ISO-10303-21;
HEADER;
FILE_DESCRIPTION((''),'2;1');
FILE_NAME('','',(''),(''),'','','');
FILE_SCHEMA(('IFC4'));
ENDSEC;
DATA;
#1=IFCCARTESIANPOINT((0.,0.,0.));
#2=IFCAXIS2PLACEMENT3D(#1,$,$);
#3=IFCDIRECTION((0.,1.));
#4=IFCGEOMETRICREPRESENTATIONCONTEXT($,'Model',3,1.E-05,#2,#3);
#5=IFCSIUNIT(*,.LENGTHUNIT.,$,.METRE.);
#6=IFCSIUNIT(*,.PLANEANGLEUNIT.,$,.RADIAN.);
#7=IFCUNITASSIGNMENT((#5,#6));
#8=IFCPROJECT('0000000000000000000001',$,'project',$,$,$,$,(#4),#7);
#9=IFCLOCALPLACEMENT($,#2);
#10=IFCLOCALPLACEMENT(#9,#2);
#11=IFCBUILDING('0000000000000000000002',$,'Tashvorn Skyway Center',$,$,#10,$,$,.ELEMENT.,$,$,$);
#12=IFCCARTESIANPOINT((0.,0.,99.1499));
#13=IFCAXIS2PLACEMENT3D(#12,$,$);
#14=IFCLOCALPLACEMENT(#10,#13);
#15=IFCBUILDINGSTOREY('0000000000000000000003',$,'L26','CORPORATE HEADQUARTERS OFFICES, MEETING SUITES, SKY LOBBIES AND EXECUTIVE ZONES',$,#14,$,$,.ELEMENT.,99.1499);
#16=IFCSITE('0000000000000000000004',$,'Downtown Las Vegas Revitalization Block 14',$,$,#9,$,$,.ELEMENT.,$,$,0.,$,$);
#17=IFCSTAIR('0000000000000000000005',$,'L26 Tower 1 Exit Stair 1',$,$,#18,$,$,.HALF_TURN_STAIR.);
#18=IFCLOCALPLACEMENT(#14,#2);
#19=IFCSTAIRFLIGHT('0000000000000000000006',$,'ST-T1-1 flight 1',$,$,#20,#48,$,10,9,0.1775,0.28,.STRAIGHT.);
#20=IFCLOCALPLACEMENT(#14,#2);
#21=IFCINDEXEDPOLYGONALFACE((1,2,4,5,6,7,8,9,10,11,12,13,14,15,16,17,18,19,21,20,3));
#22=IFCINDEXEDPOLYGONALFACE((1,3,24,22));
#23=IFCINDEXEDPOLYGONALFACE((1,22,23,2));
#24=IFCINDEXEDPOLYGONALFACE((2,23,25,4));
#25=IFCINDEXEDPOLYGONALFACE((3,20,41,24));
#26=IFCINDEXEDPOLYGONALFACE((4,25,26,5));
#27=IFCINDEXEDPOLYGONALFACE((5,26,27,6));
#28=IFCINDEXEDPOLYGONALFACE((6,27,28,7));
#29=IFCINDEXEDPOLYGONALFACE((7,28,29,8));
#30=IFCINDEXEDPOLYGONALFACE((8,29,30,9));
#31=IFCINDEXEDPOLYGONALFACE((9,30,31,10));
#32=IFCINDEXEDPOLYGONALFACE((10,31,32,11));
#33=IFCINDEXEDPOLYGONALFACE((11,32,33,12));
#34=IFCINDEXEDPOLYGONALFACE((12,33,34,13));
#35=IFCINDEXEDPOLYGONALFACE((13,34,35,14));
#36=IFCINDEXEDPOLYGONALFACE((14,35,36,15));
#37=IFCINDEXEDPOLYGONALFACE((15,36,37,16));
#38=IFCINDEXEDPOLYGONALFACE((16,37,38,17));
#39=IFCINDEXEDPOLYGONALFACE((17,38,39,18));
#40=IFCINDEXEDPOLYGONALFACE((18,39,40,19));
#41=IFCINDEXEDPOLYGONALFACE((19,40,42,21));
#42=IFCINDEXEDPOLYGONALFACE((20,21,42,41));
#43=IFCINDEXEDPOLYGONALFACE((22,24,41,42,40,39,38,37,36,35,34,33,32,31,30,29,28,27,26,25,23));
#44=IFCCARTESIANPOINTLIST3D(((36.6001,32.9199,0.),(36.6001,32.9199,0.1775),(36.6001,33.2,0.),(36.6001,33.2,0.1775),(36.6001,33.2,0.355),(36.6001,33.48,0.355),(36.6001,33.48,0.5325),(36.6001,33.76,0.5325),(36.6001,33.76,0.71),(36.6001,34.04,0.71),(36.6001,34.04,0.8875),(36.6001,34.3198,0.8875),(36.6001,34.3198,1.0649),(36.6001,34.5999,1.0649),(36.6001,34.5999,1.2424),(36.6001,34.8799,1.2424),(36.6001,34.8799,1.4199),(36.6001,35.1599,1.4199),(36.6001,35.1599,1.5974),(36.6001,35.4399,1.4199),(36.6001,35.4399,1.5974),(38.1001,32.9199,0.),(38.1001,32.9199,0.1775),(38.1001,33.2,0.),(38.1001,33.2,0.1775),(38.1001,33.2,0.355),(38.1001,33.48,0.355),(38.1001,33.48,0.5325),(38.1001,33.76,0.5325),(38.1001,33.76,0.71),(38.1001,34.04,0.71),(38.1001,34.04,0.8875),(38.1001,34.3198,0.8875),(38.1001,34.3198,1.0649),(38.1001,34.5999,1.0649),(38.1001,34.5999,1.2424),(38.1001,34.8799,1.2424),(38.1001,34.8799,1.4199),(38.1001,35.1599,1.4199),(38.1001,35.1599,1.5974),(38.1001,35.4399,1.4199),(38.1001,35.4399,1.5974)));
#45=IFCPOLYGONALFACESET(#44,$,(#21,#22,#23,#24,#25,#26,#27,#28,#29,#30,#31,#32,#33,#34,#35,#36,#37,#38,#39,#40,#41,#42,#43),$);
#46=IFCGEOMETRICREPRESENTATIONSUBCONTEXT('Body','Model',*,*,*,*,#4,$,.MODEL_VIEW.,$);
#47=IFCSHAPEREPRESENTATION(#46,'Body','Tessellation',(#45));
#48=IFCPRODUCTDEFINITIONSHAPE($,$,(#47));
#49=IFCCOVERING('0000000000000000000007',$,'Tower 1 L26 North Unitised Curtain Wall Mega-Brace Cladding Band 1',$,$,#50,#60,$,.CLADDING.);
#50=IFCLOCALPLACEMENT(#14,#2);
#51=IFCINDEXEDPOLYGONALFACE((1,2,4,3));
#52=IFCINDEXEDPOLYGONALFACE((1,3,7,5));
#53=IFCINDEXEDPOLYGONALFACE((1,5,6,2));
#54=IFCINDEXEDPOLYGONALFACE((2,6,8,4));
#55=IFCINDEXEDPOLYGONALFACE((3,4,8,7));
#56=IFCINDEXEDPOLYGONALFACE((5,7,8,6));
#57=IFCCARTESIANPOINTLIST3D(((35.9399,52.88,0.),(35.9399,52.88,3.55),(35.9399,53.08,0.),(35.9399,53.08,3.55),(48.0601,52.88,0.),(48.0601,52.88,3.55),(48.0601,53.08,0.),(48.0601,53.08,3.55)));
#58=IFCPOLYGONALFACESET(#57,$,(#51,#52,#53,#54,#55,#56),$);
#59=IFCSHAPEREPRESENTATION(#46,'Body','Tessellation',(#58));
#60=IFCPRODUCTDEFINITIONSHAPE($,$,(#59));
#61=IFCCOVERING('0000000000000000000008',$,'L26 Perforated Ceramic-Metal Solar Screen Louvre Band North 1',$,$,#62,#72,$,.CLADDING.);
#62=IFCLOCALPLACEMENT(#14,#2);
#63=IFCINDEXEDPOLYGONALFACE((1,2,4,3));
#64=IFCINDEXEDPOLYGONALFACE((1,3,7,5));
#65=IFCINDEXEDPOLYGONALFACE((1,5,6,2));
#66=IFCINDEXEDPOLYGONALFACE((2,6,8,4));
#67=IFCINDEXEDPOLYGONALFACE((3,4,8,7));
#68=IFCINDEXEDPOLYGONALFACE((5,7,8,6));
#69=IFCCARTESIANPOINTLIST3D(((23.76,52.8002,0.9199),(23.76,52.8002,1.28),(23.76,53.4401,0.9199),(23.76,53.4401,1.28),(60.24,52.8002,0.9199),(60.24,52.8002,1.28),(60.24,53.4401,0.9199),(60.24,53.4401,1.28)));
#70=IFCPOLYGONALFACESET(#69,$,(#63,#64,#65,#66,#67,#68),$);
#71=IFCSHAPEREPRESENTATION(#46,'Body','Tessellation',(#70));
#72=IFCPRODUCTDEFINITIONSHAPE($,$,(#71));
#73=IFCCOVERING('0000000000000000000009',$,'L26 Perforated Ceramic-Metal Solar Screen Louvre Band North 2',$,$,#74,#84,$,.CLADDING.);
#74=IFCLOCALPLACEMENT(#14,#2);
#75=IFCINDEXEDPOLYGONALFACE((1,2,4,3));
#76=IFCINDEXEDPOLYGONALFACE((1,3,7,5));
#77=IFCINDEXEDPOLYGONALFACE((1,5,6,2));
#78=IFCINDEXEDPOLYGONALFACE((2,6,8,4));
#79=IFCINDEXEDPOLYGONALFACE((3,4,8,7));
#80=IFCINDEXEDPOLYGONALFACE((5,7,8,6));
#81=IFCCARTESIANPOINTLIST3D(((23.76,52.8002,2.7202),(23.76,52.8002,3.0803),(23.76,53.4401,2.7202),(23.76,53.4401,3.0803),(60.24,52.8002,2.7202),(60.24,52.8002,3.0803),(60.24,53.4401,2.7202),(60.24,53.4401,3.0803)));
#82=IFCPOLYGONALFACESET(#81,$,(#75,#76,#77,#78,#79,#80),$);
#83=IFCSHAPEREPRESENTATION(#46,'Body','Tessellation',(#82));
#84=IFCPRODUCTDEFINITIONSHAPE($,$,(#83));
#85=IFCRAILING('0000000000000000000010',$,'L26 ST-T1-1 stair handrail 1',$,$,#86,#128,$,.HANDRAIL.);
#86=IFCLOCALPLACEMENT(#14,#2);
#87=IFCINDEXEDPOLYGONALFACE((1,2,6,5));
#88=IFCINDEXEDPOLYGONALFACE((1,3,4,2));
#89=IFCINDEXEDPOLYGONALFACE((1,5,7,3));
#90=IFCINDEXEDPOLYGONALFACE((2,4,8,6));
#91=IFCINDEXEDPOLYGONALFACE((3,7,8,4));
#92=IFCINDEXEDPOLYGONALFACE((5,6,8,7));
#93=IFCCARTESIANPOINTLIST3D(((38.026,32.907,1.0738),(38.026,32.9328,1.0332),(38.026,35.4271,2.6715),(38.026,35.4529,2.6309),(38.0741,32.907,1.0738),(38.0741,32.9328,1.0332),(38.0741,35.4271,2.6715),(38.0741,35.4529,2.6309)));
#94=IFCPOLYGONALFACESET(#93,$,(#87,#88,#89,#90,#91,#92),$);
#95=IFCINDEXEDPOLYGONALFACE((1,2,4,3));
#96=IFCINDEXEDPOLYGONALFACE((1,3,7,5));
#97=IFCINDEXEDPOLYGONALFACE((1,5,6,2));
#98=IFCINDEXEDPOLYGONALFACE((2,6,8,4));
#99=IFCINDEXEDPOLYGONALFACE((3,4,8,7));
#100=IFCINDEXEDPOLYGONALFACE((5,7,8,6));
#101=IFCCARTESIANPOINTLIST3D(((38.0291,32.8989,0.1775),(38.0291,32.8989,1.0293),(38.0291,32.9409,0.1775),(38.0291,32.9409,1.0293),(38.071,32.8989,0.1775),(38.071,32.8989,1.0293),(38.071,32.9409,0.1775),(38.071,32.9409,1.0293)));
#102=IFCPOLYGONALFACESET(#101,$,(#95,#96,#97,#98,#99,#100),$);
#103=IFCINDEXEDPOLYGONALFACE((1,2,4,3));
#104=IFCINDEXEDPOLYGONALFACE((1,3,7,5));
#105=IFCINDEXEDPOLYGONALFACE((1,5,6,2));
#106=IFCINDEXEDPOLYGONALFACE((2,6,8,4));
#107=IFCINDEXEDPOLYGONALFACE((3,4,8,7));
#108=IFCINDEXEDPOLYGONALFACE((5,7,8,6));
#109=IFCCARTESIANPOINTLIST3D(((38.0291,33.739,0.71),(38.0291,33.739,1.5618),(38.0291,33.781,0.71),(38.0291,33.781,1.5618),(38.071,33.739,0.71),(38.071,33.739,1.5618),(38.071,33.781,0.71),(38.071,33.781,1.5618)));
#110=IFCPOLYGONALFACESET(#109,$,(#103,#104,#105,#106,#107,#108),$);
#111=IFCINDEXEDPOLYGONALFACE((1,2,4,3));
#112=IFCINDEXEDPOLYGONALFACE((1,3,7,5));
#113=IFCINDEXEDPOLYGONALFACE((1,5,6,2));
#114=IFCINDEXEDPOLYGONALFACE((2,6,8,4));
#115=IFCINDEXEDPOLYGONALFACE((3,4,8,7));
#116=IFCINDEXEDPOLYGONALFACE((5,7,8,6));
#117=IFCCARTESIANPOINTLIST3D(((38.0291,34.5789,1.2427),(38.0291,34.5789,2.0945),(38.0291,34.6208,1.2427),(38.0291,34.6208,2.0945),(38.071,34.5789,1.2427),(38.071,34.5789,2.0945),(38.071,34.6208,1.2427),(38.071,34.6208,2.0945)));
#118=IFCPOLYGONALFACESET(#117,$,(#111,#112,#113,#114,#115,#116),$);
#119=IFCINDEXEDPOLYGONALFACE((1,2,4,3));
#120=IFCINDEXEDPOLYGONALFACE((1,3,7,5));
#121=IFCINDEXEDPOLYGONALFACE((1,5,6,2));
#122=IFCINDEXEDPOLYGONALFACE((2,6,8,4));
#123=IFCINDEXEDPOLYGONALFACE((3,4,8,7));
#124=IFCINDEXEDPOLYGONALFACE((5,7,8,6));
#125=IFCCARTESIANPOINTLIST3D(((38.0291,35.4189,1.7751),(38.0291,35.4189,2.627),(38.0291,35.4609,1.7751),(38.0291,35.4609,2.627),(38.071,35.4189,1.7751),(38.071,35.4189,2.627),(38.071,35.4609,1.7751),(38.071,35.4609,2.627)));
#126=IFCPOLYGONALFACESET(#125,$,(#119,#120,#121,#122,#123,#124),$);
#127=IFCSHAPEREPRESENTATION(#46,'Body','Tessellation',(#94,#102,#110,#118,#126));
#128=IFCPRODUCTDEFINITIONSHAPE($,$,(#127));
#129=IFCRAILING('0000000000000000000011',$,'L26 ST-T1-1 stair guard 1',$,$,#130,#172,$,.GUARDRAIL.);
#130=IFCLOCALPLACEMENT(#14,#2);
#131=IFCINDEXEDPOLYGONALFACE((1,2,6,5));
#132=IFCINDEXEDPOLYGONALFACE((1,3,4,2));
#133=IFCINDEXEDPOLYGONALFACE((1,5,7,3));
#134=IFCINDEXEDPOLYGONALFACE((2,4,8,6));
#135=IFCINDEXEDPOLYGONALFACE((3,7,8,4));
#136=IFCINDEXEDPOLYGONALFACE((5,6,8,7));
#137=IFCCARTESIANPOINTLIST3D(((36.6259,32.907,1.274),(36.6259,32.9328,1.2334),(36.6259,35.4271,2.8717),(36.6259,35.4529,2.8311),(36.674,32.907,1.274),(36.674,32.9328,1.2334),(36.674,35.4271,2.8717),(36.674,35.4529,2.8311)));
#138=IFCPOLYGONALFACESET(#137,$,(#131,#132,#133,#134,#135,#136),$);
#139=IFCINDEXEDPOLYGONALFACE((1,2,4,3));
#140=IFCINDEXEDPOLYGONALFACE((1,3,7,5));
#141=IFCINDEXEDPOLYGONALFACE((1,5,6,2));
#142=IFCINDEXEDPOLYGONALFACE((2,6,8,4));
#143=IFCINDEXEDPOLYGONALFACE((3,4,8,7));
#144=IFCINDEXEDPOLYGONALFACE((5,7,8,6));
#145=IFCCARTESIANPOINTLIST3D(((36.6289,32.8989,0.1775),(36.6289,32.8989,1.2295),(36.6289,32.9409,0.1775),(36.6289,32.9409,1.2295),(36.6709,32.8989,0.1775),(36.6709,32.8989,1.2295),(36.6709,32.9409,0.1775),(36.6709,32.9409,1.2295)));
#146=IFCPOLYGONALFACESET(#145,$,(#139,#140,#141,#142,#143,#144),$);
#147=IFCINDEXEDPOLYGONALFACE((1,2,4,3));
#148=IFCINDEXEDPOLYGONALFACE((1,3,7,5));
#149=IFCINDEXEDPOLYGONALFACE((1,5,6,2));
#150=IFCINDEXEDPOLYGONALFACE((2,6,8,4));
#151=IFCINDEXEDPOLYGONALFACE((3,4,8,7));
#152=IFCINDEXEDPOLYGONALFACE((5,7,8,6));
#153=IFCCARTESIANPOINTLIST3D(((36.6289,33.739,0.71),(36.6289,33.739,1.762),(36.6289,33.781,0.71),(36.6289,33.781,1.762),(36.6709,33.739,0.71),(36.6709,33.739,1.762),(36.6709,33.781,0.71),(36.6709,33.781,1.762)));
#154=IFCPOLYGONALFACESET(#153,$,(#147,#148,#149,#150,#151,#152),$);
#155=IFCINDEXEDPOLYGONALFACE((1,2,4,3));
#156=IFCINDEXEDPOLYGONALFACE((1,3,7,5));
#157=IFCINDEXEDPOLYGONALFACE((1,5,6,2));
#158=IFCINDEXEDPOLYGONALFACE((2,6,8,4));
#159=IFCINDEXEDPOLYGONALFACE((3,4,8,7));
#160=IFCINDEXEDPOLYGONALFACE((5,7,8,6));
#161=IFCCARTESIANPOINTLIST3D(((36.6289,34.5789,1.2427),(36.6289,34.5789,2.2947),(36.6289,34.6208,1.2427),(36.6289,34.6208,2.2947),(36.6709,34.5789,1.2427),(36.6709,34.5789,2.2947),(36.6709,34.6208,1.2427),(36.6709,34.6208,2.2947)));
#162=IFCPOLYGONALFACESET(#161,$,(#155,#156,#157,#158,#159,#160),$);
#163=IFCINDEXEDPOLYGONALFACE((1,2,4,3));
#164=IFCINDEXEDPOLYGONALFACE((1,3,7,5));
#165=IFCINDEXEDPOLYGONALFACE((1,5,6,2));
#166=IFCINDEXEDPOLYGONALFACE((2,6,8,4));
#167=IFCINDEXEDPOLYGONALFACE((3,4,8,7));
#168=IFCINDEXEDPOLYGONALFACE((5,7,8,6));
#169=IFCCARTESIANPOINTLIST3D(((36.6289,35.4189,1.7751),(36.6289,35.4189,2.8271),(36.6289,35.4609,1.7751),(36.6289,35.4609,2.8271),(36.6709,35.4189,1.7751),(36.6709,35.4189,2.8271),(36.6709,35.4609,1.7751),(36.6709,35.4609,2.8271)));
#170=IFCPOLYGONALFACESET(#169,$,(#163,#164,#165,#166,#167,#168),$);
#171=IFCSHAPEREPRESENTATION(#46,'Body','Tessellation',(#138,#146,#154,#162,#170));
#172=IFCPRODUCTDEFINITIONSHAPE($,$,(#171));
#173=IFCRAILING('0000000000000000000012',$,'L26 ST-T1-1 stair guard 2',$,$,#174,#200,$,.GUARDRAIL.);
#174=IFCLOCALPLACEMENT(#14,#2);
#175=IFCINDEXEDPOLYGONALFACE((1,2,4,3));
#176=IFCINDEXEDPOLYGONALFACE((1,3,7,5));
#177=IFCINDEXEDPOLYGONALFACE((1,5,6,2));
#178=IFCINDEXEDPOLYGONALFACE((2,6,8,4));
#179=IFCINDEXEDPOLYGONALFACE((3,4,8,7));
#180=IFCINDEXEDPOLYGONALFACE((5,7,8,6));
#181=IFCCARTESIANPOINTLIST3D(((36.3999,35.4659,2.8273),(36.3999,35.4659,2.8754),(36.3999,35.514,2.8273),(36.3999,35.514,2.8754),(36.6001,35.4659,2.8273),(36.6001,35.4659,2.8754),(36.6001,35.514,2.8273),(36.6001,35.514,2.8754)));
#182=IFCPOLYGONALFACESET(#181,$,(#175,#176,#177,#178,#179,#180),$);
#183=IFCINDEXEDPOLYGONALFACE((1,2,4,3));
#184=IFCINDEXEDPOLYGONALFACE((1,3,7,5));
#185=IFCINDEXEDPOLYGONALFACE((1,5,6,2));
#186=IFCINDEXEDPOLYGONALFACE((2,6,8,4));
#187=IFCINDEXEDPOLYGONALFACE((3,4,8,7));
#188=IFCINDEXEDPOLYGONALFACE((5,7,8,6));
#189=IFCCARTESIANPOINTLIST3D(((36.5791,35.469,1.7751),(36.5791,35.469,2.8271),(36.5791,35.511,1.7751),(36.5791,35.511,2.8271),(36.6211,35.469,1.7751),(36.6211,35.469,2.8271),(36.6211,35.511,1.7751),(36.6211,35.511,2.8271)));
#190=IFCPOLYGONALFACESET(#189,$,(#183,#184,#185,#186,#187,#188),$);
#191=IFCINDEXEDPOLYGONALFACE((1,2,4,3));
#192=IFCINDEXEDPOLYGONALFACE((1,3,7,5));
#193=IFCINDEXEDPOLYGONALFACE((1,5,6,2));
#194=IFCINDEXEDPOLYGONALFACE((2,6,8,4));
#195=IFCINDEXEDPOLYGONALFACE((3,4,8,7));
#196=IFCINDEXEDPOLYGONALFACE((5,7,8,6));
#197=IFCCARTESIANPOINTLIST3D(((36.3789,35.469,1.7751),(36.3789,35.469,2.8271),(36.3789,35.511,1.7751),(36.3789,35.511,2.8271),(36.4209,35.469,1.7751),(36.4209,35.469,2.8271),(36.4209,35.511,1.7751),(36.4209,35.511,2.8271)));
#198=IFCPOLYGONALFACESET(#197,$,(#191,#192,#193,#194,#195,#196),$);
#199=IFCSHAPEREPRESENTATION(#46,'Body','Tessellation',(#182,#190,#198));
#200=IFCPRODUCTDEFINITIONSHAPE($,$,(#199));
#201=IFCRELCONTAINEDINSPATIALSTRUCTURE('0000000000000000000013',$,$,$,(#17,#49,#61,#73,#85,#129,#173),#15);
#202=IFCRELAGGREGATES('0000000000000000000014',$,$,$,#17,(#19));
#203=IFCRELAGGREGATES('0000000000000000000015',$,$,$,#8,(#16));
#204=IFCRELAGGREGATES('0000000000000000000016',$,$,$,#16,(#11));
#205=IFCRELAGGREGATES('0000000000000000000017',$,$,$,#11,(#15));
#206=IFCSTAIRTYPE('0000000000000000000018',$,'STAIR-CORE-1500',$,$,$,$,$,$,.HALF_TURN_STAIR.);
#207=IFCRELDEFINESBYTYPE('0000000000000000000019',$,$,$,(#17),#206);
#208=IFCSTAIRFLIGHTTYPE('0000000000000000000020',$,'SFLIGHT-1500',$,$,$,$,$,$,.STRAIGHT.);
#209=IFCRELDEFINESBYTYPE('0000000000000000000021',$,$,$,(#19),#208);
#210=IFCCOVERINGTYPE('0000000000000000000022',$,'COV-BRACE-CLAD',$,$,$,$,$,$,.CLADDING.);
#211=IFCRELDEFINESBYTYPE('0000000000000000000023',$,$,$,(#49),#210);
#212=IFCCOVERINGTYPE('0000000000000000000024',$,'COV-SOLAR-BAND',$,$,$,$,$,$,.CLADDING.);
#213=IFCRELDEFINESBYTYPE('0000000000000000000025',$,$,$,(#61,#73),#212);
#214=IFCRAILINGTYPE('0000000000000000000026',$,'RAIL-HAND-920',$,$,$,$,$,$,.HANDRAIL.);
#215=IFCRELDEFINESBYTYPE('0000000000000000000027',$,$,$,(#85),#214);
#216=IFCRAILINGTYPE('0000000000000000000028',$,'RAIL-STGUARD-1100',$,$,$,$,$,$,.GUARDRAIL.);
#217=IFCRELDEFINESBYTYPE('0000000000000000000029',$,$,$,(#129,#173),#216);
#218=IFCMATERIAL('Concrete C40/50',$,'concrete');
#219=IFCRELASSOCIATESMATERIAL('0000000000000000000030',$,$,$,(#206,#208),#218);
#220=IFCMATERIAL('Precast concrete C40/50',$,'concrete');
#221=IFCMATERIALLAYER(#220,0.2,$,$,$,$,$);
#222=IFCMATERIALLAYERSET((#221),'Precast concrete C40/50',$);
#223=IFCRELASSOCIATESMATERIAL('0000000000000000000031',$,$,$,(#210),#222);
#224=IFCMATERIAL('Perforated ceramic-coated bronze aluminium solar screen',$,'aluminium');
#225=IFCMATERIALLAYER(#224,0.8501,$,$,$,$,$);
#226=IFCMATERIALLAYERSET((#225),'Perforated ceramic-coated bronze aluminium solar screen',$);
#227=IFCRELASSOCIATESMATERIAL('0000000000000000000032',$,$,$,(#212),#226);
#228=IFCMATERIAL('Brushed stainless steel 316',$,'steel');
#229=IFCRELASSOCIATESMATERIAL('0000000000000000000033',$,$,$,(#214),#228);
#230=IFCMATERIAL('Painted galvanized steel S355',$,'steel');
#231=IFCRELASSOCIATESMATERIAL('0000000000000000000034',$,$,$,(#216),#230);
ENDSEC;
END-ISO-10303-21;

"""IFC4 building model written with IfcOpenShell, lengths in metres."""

from ifc_helpers import new_model, si_unit, direction, frame, origin, origin_2d, place, context, subcontext, project, spatial, polyline, rectangle, outline, extrude, material, layer, layer_set, type_object, element, aggregate, save


model = new_model("IFC4")

# Units and contexts
model_context = context("Model", 3, precision=1e-05, world=origin(), true_north=direction((0.0, 1.0)))
body_context = subcontext(model_context, "Body", "Model", "MODEL_VIEW")
ifc_project = project(units=[si_unit("LENGTHUNIT", "METRE"), si_unit("PLANEANGLEUNIT", "RADIAN")], contexts=[model_context])

# Site, building, storey
site_placement = place(None, origin())
site = spatial("IfcSite", under=ifc_project, at=site_placement, Name="Downtown Las Vegas Revitalization Block 14", CompositionType="ELEMENT", RefElevation=0.0)
building_placement = place(site_placement, origin())
building = spatial("IfcBuilding", under=site, at=building_placement, Name="Tashvorn Skyway Center", CompositionType="ELEMENT")
storey_placement = place(building_placement, frame((0.0, 0.0, 99.1499)))
storey = spatial("IfcBuildingStorey", under=building, at=storey_placement, Name="L26", Description="CORPORATE HEADQUARTERS OFFICES, MEETING SUITES, SKY LOBBIES AND EXECUTIVE ZONES", CompositionType="ELEMENT", Elevation=99.1499)

# Shared definitions
ifc_material_1 = material(Name="Concrete C40/50", Category="concrete")

# Stair, stair flight
stair_type = type_object("IfcStairType", Name="STAIR-CORE-1500", PredefinedType="HALF_TURN_STAIR", material=ifc_material_1)
stair_placement = place(storey_placement, origin())
stair = element("IfcStair", 1, at=stair_placement, inside=storey, type_object=stair_type, Name="L26 Tower 1 Exit Stair 1", PredefinedType="HALF_TURN_STAIR")
stair_flight_type = type_object("IfcStairFlightType", Name="SFLIGHT-1500", PredefinedType="STRAIGHT", material=ifc_material_1)
stair_flight_placement = place(storey_placement, frame((37.3501, 32.9199, 0.0), z_axis=(0.0, 0.0, 1.0), x_axis=(0.0, 1.0, 0.0)))
stair_flight = element("IfcStairFlight", 2, at=stair_flight_placement, type_object=stair_flight_type, Name="ST-T1-1 flight 1", NumberOfRisers=10, NumberOfTreads=9, PredefinedType="STRAIGHT", RiserHeight=0.1775, TreadLength=0.28, context=body_context, shape_type="SweptSolid", body=[
    extrude(outline(polyline([(0.0, 0.0), (0.0, 0.1775), (0.28, 0.1775), (0.28, 0.355), (0.5601, 0.355), (0.5601, 0.5325), (0.8401, 0.5325), (0.8401, 0.71), (1.1201, 0.71), (1.1201, 0.8875), (1.3999, 0.8875), (1.3999, 1.0649), (1.6799, 1.0649), (1.6799, 1.2424), (1.96, 1.2424), (1.96, 1.4199), (2.24, 1.4199), (2.24, 1.5974), (2.52, 1.5974), (2.52, 1.7749), (2.52, 1.4199), (0.28, 0.0), (0.0, 0.0)])), frame((0.0, 0.75, 0.0), z_axis=(0.0, -1.0, 0.0), x_axis=(1.0, 0.0, 0.0)), (0.0, 0.0, 1.0), 1.5),
])
aggregate(stair, [stair_flight])

# Coverings
ifc_material_2 = material(Name="Precast concrete C40/50", Category="concrete")
ifc_layer_1 = layer(ifc_material_2, 0.2)
ifc_layer_set_1 = layer_set([ifc_layer_1], Name="Precast concrete C40/50")
covering_type_1 = type_object("IfcCoveringType", Name="COV-BRACE-CLAD", PredefinedType="CLADDING", material=ifc_layer_set_1)
covering_placement = place(storey_placement, frame((42.0, 52.98, 0.0), z_axis=(0.0, 0.0, 1.0), x_axis=(1.0, 0.0, 0.0)))
element("IfcCovering", 3, at=covering_placement, inside=storey, type_object=covering_type_1, Name="Tower 1 L26 North Unitised Curtain Wall Mega-Brace Cladding Band 1", PredefinedType="CLADDING", context=body_context, shape_type="SweptSolid", body=[
    extrude(rectangle(XDim=12.1201, YDim=0.2, at=origin_2d()), origin(), (0.0, 0.0, 1.0), 3.55),
])
ifc_material_3 = material(Name="Perforated ceramic-coated bronze aluminium solar screen", Category="aluminium")
ifc_layer_2 = layer(ifc_material_3, 0.8501)
ifc_layer_set_2 = layer_set([ifc_layer_2], Name="Perforated ceramic-coated bronze aluminium solar screen")
covering_type_2 = type_object("IfcCoveringType", Name="COV-SOLAR-BAND", PredefinedType="CLADDING", material=ifc_layer_set_2)
for number, where, z_axis, x_axis, name in (
    (4, (42.0, 53.1201, 0.9199), (0.0, 0.0, 1.0), (1.0, 0.0, 0.0), "L26 Perforated Ceramic-Metal Solar Screen Louvre Band North 1"),
    (5, (42.0, 53.1201, 2.7202), (0.0, 0.0, 1.0), (1.0, 0.0, 0.0), "L26 Perforated Ceramic-Metal Solar Screen Louvre Band North 2"),
):
    element("IfcCovering", number, at=place(storey_placement, frame(where, z_axis=z_axis, x_axis=x_axis)), inside=storey, type_object=covering_type_2, Name=name, PredefinedType="CLADDING", context=body_context, shape_type="SweptSolid", body=[
        extrude(rectangle(XDim=36.48, YDim=0.6399, at=origin_2d()), origin(), (0.0, 0.0, 1.0), 0.3601),
    ])

# Railings
ifc_material_4 = material(Name="Brushed stainless steel 316", Category="steel")
railing_type_1 = type_object("IfcRailingType", Name="RAIL-HAND-920", PredefinedType="HANDRAIL", material=ifc_material_4)
railing_1_placement = place(storey_placement, frame((38.05, 32.9199, 0.1775)))
element("IfcRailing", 6, at=railing_1_placement, inside=storey, type_object=railing_type_1, Name="L26 ST-T1-1 stair handrail 1", PredefinedType="HANDRAIL", context=body_context, shape_type="SweptSolid", body=[
    extrude(rectangle(XDim=0.0481, YDim=0.0481, at=origin_2d()), frame((0.0, 0.0, 0.876), z_axis=(0.0, 0.84457, 0.535445), x_axis=(-1.0, 0.0, 0.0)), (0.0, 0.0, 1.0), 2.9839),
    extrude(rectangle(XDim=0.042, YDim=0.042, at=origin_2d()), origin(), (0.0, 0.0, 1.0), 0.8518),
    extrude(rectangle(XDim=0.042, YDim=0.042, at=origin_2d()), frame((0.0, 0.8401, 0.5325)), (0.0, 0.0, 1.0), 0.8518),
    extrude(rectangle(XDim=0.042, YDim=0.042, at=origin_2d()), frame((0.0, 1.6799, 1.0652)), (0.0, 0.0, 1.0), 0.8518),
    extrude(rectangle(XDim=0.042, YDim=0.042, at=origin_2d()), frame((0.0, 2.52, 1.5977)), (0.0, 0.0, 1.0), 0.8518),
])
ifc_material_5 = material(Name="Painted galvanized steel S355", Category="steel")
railing_type_2 = type_object("IfcRailingType", Name="RAIL-STGUARD-1100", PredefinedType="GUARDRAIL", material=ifc_material_5)
railing_2_placement = place(storey_placement, frame((36.6499, 32.9199, 0.1775)))
element("IfcRailing", 7, at=railing_2_placement, inside=storey, type_object=railing_type_2, Name="L26 ST-T1-1 stair guard 1", PredefinedType="GUARDRAIL", context=body_context, shape_type="SweptSolid", body=[
    extrude(rectangle(XDim=0.0481, YDim=0.0481, at=origin_2d()), frame((0.0, 0.0, 1.0762), z_axis=(0.0, 0.84457, 0.535445), x_axis=(-1.0, 0.0, 0.0)), (0.0, 0.0, 1.0), 2.9839),
    extrude(rectangle(XDim=0.042, YDim=0.042, at=origin_2d()), origin(), (0.0, 0.0, 1.0), 1.052),
    extrude(rectangle(XDim=0.042, YDim=0.042, at=origin_2d()), frame((0.0, 0.8401, 0.5325)), (0.0, 0.0, 1.0), 1.052),
    extrude(rectangle(XDim=0.042, YDim=0.042, at=origin_2d()), frame((0.0, 1.6799, 1.0652)), (0.0, 0.0, 1.0), 1.052),
    extrude(rectangle(XDim=0.042, YDim=0.042, at=origin_2d()), frame((0.0, 2.52, 1.5977)), (0.0, 0.0, 1.0), 1.052),
])
railing_3_placement = place(storey_placement, frame((36.6001, 35.49, 1.7751)))
element("IfcRailing", 8, at=railing_3_placement, inside=storey, type_object=railing_type_2, Name="L26 ST-T1-1 stair guard 2", PredefinedType="GUARDRAIL", context=body_context, shape_type="SweptSolid", body=[
    extrude(rectangle(XDim=0.0481, YDim=0.0481, at=origin_2d()), frame((0.0, 0.0, 1.0762), z_axis=(-1.0, 0.0, 0.0), x_axis=(0.0, -1.0, 0.0)), (0.0, 0.0, 1.0), 0.2002),
    extrude(rectangle(XDim=0.042, YDim=0.042, at=origin_2d()), origin(), (0.0, 0.0, 1.0), 1.052),
    extrude(rectangle(XDim=0.042, YDim=0.042, at=origin_2d()), frame((-0.2002, 0.0, 0.0)), (0.0, 0.0, 1.0), 1.052),
])

save(model, "model.ifc")
